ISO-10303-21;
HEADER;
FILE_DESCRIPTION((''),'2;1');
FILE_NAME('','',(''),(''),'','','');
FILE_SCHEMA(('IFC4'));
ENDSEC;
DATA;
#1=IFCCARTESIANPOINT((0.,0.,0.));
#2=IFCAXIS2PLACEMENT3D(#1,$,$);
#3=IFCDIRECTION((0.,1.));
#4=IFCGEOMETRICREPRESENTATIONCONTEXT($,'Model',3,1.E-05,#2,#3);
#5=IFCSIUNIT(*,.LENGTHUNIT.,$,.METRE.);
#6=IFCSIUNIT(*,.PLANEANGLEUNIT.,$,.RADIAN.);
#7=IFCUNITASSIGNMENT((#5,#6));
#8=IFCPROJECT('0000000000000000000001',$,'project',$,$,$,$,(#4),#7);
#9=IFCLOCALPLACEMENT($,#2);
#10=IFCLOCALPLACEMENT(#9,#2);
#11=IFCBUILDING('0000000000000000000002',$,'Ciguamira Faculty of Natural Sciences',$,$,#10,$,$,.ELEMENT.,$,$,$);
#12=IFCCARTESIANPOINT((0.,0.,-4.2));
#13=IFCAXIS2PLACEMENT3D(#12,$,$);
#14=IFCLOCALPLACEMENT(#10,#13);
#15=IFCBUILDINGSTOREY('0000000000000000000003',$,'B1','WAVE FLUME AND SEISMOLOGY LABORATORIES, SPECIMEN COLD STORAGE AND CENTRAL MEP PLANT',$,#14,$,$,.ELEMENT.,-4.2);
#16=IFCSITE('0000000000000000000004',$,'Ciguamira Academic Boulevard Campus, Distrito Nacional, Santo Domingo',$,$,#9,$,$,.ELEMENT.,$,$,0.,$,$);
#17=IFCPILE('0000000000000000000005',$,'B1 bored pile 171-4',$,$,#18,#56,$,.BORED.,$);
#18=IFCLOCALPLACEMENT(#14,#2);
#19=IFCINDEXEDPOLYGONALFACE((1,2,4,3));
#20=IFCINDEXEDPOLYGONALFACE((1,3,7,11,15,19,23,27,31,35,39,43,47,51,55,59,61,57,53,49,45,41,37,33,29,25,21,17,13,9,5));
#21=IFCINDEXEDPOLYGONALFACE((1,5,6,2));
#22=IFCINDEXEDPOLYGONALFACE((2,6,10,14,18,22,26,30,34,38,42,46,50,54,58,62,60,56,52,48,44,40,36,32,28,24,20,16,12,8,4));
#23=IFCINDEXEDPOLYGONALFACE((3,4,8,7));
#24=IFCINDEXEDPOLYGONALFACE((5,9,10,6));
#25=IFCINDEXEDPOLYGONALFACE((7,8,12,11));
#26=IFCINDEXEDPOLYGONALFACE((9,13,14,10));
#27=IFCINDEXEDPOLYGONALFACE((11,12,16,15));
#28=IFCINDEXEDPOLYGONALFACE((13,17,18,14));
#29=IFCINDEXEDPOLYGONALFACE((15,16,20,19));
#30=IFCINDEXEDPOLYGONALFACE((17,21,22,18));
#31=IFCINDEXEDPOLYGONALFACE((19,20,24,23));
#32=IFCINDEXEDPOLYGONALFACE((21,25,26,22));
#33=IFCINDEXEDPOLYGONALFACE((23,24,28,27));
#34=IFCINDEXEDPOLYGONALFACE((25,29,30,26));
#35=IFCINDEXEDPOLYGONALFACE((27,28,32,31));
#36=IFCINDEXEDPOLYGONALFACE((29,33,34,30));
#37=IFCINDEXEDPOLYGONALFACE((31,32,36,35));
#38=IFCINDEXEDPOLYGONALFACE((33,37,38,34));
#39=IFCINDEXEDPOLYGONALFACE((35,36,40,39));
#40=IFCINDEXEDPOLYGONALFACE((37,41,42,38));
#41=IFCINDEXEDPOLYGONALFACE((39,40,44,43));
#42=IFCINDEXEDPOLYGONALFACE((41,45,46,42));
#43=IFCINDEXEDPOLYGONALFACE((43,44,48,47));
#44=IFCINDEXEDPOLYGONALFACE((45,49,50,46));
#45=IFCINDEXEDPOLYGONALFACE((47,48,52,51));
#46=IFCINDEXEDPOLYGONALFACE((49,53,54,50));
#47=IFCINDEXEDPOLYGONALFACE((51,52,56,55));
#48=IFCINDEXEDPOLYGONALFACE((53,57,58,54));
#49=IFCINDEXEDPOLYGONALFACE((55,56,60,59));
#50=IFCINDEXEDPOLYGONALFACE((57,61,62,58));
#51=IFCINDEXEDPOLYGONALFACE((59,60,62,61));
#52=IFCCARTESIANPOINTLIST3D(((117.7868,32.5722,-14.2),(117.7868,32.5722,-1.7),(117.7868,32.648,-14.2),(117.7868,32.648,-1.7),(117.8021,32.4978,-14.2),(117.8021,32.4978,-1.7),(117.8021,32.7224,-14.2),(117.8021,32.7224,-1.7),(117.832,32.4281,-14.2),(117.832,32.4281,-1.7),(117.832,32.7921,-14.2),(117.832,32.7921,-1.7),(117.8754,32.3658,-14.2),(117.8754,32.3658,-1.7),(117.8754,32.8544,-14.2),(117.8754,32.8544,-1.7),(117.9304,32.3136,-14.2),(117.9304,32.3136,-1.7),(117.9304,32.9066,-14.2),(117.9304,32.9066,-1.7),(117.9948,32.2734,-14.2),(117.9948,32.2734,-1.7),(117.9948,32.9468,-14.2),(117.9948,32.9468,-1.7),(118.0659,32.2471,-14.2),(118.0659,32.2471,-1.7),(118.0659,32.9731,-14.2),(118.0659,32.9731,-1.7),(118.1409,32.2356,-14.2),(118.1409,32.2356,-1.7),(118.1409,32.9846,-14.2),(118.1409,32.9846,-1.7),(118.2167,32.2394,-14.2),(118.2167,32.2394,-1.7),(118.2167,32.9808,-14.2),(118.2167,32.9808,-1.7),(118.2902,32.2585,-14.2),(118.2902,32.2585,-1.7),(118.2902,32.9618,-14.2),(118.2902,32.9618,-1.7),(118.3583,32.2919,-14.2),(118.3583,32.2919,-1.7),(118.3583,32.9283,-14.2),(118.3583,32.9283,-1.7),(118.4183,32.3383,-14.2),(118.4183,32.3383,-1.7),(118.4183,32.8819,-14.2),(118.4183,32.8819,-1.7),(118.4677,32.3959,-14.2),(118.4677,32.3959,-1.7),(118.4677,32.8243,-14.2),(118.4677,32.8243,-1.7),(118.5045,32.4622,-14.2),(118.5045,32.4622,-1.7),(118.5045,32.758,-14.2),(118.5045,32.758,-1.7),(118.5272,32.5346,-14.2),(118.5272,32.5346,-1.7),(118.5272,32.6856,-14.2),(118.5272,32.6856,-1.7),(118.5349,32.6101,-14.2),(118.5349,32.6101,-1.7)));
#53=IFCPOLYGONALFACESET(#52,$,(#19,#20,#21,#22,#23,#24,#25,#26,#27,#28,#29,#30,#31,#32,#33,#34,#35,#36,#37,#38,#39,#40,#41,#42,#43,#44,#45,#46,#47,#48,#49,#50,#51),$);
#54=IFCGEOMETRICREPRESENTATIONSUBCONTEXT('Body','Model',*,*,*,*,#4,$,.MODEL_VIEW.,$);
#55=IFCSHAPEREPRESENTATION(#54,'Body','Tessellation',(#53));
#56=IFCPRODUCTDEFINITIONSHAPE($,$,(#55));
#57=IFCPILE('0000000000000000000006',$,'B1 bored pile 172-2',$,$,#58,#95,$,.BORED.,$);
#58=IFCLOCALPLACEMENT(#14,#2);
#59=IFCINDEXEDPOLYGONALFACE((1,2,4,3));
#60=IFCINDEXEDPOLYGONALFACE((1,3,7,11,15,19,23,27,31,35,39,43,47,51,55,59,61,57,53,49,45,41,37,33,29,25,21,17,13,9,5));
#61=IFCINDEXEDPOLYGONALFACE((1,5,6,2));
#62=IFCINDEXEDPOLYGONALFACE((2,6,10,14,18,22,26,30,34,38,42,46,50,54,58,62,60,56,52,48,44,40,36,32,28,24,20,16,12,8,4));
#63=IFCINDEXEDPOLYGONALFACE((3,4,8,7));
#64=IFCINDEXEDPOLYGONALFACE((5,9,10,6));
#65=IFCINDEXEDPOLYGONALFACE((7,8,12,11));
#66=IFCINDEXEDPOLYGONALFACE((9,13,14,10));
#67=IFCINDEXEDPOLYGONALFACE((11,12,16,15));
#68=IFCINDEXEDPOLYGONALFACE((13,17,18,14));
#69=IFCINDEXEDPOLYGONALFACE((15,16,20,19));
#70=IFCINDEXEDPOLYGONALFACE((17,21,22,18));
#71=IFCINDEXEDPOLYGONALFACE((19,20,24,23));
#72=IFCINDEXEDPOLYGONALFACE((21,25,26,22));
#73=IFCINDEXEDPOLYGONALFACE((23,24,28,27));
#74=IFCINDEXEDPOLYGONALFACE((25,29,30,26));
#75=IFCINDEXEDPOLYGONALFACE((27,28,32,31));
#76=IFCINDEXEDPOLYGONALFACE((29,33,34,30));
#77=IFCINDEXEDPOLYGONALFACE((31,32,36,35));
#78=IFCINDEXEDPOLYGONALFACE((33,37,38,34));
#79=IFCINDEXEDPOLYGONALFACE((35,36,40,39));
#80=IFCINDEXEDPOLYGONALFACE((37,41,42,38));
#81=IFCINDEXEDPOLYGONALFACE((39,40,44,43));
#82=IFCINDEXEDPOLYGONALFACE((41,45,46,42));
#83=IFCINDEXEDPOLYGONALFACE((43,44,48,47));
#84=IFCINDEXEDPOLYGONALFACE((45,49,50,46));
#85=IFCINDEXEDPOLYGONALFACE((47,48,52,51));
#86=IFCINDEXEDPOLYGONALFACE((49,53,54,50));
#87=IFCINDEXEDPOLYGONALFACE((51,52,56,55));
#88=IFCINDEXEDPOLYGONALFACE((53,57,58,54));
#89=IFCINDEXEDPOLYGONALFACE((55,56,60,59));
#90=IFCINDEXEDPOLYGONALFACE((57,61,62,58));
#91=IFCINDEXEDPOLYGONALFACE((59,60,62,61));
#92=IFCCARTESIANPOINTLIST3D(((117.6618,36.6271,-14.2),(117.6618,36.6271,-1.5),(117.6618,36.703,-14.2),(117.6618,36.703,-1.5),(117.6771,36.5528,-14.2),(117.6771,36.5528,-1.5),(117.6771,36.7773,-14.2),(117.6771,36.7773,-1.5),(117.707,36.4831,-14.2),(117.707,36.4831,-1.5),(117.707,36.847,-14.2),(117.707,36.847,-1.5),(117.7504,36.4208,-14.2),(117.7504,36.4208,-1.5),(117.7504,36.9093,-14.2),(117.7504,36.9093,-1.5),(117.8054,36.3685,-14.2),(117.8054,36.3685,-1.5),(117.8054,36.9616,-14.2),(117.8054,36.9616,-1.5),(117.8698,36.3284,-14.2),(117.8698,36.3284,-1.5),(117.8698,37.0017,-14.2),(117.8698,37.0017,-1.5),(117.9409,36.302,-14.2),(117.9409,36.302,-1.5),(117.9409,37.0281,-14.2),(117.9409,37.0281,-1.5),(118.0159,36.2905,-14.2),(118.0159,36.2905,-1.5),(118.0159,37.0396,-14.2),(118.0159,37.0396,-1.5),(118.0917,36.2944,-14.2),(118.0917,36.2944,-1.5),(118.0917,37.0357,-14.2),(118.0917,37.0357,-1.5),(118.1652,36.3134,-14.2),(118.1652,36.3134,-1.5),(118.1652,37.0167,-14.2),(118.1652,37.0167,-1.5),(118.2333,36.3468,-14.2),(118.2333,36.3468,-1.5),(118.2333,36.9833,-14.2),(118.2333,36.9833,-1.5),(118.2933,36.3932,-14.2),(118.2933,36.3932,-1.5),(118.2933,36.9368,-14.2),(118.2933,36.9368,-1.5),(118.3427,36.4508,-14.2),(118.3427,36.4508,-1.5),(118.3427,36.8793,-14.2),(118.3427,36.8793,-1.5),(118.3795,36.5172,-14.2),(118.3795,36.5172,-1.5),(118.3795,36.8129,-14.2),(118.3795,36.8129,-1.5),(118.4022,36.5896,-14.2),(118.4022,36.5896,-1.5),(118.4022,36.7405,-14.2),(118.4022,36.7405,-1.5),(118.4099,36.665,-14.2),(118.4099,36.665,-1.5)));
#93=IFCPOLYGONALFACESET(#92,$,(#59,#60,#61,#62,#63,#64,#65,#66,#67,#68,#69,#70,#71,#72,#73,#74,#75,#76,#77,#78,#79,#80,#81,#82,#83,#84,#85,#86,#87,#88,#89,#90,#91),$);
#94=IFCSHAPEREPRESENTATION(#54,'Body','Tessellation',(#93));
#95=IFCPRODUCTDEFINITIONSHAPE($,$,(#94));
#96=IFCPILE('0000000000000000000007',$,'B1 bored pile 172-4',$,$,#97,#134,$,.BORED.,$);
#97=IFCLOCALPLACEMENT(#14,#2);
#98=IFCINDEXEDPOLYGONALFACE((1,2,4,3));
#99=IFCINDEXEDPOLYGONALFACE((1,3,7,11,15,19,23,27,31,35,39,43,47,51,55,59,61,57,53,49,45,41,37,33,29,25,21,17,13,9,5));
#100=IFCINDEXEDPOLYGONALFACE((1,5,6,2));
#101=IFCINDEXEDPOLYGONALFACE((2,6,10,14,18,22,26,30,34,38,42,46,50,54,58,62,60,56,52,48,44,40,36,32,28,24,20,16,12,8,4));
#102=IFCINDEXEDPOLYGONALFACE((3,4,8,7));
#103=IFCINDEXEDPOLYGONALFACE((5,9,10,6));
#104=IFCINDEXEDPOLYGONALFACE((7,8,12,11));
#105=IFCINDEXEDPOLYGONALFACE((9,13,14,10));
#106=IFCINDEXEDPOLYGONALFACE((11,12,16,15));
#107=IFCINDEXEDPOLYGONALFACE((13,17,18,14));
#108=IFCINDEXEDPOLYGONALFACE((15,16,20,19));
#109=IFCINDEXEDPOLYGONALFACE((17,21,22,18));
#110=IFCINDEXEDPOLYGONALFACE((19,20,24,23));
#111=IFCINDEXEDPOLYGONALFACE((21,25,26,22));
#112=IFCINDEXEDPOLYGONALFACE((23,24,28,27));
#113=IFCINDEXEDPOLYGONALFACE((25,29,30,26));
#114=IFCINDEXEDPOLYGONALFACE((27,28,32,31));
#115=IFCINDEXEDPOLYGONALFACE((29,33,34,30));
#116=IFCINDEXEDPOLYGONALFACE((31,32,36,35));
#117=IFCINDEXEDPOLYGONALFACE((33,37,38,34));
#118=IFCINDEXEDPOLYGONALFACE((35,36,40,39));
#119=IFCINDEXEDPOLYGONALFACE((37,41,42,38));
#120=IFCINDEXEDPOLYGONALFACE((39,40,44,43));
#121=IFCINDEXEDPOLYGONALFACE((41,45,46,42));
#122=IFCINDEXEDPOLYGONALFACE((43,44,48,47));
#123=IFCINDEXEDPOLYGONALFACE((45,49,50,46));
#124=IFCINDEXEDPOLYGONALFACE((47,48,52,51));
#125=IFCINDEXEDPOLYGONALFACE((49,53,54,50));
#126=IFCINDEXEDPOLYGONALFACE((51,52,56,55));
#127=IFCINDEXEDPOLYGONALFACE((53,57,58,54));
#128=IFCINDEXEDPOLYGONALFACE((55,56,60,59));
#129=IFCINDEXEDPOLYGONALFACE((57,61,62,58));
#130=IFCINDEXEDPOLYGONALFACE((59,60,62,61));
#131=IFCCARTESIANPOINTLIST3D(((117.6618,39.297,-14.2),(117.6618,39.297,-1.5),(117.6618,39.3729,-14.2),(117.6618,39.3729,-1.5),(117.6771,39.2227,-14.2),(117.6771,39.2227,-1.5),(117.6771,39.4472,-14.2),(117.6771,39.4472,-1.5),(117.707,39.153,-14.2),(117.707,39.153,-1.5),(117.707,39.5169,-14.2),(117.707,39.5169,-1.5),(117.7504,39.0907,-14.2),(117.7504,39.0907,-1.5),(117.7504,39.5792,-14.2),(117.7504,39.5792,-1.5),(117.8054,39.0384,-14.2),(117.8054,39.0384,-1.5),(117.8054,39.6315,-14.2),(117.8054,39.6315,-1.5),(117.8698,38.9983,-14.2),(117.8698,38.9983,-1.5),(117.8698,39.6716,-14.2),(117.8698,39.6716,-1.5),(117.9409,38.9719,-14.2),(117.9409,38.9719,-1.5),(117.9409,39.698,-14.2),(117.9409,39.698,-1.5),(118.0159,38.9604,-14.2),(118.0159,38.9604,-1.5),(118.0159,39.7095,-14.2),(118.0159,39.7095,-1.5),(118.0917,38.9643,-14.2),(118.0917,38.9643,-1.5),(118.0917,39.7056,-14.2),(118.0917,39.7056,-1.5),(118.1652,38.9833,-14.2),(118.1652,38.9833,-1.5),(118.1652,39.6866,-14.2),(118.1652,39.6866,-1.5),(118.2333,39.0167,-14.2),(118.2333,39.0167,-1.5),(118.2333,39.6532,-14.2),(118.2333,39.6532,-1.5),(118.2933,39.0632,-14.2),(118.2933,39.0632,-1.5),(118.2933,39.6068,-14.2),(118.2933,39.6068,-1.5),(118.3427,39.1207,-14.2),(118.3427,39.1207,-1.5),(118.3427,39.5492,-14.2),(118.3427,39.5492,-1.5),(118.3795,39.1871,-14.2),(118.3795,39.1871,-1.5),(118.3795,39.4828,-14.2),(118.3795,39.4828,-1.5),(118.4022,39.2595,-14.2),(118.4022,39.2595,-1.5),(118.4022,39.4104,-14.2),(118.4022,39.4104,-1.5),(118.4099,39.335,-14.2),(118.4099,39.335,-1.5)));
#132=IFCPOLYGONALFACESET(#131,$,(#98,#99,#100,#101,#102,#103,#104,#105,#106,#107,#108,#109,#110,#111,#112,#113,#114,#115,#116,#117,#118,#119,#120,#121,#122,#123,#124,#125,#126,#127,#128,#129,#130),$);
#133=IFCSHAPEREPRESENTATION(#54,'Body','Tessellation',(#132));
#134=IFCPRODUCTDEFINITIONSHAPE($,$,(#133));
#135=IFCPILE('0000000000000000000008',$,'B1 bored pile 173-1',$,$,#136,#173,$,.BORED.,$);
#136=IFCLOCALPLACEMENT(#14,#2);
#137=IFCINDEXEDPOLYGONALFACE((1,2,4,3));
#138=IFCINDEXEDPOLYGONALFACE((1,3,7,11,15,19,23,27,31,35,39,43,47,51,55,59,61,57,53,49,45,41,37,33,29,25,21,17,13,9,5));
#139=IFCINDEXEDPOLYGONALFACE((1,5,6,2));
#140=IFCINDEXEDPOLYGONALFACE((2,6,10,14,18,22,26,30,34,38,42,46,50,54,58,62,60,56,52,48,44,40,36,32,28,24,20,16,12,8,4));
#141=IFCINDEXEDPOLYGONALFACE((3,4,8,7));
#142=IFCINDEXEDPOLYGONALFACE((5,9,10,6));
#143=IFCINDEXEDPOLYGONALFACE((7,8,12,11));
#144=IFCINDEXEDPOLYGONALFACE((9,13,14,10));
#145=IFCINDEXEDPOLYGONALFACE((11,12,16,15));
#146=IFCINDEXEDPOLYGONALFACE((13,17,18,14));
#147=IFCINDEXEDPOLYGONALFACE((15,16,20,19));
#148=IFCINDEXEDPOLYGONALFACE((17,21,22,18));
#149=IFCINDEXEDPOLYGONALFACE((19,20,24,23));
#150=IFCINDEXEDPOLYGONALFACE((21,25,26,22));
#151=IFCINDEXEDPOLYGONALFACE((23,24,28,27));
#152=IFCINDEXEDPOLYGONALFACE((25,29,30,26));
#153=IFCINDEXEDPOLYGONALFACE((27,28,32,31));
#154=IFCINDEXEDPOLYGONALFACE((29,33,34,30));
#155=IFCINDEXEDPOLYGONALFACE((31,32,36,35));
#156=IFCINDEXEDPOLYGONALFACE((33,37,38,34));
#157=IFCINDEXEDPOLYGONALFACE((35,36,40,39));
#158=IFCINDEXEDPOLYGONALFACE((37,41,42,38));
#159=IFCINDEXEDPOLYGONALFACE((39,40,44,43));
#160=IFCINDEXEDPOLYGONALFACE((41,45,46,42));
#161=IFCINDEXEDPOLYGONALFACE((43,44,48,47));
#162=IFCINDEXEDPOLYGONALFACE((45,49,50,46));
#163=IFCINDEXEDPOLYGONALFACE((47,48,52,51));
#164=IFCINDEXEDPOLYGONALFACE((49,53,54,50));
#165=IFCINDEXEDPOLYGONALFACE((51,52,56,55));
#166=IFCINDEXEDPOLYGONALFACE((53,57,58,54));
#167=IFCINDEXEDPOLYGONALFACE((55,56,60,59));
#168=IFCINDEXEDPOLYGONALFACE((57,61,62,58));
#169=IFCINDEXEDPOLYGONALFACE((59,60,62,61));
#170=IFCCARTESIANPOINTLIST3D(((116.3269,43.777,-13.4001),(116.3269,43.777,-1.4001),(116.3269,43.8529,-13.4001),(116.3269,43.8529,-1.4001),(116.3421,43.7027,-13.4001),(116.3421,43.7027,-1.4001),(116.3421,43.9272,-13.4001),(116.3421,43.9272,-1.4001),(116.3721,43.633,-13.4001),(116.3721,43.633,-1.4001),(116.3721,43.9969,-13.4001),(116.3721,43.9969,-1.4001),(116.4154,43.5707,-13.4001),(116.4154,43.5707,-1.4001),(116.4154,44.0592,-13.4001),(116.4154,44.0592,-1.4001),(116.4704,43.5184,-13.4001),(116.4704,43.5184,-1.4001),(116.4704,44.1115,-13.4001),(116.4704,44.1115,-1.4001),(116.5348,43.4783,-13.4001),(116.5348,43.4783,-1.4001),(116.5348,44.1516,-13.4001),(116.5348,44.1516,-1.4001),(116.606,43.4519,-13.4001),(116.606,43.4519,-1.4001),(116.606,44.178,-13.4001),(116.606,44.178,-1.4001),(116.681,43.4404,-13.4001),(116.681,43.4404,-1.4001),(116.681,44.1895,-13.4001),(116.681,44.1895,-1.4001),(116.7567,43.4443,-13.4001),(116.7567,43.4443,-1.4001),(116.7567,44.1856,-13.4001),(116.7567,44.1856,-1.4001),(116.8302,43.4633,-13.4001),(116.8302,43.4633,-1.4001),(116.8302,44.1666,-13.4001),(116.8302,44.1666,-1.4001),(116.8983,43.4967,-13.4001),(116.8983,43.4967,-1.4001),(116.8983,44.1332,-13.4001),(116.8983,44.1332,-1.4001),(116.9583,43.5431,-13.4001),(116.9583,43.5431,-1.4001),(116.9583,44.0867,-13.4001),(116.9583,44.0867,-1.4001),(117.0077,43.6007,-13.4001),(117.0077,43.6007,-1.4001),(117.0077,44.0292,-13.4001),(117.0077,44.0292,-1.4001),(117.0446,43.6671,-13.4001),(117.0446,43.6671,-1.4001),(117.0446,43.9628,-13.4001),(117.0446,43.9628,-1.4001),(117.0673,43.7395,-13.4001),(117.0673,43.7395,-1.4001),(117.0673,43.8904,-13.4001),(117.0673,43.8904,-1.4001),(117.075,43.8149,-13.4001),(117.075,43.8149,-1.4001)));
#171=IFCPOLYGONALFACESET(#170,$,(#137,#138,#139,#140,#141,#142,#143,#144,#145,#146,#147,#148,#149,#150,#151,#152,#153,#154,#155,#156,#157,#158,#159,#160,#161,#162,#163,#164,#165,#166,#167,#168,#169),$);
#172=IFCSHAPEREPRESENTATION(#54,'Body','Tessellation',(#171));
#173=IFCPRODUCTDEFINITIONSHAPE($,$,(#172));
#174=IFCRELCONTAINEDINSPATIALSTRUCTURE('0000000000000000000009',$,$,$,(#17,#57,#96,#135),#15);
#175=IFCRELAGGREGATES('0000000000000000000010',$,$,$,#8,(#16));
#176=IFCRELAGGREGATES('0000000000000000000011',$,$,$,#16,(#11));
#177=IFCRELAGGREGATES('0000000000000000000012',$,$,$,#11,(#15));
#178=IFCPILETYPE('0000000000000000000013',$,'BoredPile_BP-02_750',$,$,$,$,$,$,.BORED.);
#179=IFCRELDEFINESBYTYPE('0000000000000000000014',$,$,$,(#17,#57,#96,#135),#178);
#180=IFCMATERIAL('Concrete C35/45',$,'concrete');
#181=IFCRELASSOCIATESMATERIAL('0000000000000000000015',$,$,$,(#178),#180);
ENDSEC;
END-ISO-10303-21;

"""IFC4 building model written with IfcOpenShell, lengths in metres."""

from ifc_helpers import new_model, si_unit, direction, frame, origin, origin_2d, place, context, subcontext, project, spatial, circle, extrude, material, material_profile, profile_set, type_object, element, save


model = new_model("IFC4")

# Units and contexts
model_context = context("Model", 3, precision=1e-05, world=origin(), true_north=direction((0.0, 1.0)))
body_context = subcontext(model_context, "Body", "Model", "MODEL_VIEW")
ifc_project = project(units=[si_unit("LENGTHUNIT", "METRE"), si_unit("PLANEANGLEUNIT", "RADIAN")], contexts=[model_context])

# Site, building, storey
site_placement = place(None, origin())
site = spatial("IfcSite", under=ifc_project, at=site_placement, Name="Ciguamira Academic Boulevard Campus, Distrito Nacional, Santo Domingo", CompositionType="ELEMENT", RefElevation=0.0)
building_placement = place(site_placement, origin())
building = spatial("IfcBuilding", under=site, at=building_placement, Name="Ciguamira Faculty of Natural Sciences", CompositionType="ELEMENT")
storey_placement = place(building_placement, frame((0.0, 0.0, -4.2)))
storey = spatial("IfcBuildingStorey", under=building, at=storey_placement, Name="B1", Description="WAVE FLUME AND SEISMOLOGY LABORATORIES, SPECIMEN COLD STORAGE AND CENTRAL MEP PLANT", CompositionType="ELEMENT", Elevation=-4.2)

# Piles
ifc_material_1 = material(Name="Concrete C35/45", Category="concrete")
ifc_material_profile_1 = material_profile(ifc_material_1, circle(Radius=0.375, at=origin_2d()), Name="PILE-BORED-750")
ifc_profile_set_1 = profile_set([ifc_material_profile_1], Name="Concrete C35/45")
pile_type = type_object("IfcPileType", Name="BoredPile_BP-02_750", PredefinedType="BORED", material=ifc_profile_set_1)
pile_1_placement = place(storey_placement, frame((118.1599, 32.6101, -1.7), z_axis=(0.0, 0.0, -1.0), x_axis=(1.0, 0.0, 0.0)))
element("IfcPile", 1, at=pile_1_placement, inside=storey, type_object=pile_type, Name="B1 bored pile 171-4", PredefinedType="BORED", context=body_context, shape_type="SweptSolid", body=[
    extrude(circle(Radius=0.375, at=origin_2d()), origin(), (0.0, 0.0, 1.0), 12.5),
])
for number, where, z_axis, x_axis, name in (
    (2, (118.0349, 36.665, -1.5), (0.0, 0.0, -1.0), (1.0, 0.0, 0.0), "B1 bored pile 172-2"),
    (3, (118.0349, 39.335, -1.5), (0.0, 0.0, -1.0), (1.0, 0.0, 0.0), "B1 bored pile 172-4"),
):
    element("IfcPile", number, at=place(storey_placement, frame(where, z_axis=z_axis, x_axis=x_axis)), inside=storey, type_object=pile_type, Name=name, PredefinedType="BORED", context=body_context, shape_type="SweptSolid", body=[
        extrude(circle(Radius=0.375, at=origin_2d()), origin(), (0.0, 0.0, 1.0), 12.7),
    ])
pile_2_placement = place(storey_placement, frame((116.7, 43.8149, -1.4001), z_axis=(0.0, 0.0, -1.0), x_axis=(1.0, 0.0, 0.0)))
element("IfcPile", 4, at=pile_2_placement, inside=storey, type_object=pile_type, Name="B1 bored pile 173-1", PredefinedType="BORED", context=body_context, shape_type="SweptSolid", body=[
    extrude(circle(Radius=0.375, at=origin_2d()), origin(), (0.0, 0.0, 1.0), 12.0),
])

save(model, "model.ifc")
